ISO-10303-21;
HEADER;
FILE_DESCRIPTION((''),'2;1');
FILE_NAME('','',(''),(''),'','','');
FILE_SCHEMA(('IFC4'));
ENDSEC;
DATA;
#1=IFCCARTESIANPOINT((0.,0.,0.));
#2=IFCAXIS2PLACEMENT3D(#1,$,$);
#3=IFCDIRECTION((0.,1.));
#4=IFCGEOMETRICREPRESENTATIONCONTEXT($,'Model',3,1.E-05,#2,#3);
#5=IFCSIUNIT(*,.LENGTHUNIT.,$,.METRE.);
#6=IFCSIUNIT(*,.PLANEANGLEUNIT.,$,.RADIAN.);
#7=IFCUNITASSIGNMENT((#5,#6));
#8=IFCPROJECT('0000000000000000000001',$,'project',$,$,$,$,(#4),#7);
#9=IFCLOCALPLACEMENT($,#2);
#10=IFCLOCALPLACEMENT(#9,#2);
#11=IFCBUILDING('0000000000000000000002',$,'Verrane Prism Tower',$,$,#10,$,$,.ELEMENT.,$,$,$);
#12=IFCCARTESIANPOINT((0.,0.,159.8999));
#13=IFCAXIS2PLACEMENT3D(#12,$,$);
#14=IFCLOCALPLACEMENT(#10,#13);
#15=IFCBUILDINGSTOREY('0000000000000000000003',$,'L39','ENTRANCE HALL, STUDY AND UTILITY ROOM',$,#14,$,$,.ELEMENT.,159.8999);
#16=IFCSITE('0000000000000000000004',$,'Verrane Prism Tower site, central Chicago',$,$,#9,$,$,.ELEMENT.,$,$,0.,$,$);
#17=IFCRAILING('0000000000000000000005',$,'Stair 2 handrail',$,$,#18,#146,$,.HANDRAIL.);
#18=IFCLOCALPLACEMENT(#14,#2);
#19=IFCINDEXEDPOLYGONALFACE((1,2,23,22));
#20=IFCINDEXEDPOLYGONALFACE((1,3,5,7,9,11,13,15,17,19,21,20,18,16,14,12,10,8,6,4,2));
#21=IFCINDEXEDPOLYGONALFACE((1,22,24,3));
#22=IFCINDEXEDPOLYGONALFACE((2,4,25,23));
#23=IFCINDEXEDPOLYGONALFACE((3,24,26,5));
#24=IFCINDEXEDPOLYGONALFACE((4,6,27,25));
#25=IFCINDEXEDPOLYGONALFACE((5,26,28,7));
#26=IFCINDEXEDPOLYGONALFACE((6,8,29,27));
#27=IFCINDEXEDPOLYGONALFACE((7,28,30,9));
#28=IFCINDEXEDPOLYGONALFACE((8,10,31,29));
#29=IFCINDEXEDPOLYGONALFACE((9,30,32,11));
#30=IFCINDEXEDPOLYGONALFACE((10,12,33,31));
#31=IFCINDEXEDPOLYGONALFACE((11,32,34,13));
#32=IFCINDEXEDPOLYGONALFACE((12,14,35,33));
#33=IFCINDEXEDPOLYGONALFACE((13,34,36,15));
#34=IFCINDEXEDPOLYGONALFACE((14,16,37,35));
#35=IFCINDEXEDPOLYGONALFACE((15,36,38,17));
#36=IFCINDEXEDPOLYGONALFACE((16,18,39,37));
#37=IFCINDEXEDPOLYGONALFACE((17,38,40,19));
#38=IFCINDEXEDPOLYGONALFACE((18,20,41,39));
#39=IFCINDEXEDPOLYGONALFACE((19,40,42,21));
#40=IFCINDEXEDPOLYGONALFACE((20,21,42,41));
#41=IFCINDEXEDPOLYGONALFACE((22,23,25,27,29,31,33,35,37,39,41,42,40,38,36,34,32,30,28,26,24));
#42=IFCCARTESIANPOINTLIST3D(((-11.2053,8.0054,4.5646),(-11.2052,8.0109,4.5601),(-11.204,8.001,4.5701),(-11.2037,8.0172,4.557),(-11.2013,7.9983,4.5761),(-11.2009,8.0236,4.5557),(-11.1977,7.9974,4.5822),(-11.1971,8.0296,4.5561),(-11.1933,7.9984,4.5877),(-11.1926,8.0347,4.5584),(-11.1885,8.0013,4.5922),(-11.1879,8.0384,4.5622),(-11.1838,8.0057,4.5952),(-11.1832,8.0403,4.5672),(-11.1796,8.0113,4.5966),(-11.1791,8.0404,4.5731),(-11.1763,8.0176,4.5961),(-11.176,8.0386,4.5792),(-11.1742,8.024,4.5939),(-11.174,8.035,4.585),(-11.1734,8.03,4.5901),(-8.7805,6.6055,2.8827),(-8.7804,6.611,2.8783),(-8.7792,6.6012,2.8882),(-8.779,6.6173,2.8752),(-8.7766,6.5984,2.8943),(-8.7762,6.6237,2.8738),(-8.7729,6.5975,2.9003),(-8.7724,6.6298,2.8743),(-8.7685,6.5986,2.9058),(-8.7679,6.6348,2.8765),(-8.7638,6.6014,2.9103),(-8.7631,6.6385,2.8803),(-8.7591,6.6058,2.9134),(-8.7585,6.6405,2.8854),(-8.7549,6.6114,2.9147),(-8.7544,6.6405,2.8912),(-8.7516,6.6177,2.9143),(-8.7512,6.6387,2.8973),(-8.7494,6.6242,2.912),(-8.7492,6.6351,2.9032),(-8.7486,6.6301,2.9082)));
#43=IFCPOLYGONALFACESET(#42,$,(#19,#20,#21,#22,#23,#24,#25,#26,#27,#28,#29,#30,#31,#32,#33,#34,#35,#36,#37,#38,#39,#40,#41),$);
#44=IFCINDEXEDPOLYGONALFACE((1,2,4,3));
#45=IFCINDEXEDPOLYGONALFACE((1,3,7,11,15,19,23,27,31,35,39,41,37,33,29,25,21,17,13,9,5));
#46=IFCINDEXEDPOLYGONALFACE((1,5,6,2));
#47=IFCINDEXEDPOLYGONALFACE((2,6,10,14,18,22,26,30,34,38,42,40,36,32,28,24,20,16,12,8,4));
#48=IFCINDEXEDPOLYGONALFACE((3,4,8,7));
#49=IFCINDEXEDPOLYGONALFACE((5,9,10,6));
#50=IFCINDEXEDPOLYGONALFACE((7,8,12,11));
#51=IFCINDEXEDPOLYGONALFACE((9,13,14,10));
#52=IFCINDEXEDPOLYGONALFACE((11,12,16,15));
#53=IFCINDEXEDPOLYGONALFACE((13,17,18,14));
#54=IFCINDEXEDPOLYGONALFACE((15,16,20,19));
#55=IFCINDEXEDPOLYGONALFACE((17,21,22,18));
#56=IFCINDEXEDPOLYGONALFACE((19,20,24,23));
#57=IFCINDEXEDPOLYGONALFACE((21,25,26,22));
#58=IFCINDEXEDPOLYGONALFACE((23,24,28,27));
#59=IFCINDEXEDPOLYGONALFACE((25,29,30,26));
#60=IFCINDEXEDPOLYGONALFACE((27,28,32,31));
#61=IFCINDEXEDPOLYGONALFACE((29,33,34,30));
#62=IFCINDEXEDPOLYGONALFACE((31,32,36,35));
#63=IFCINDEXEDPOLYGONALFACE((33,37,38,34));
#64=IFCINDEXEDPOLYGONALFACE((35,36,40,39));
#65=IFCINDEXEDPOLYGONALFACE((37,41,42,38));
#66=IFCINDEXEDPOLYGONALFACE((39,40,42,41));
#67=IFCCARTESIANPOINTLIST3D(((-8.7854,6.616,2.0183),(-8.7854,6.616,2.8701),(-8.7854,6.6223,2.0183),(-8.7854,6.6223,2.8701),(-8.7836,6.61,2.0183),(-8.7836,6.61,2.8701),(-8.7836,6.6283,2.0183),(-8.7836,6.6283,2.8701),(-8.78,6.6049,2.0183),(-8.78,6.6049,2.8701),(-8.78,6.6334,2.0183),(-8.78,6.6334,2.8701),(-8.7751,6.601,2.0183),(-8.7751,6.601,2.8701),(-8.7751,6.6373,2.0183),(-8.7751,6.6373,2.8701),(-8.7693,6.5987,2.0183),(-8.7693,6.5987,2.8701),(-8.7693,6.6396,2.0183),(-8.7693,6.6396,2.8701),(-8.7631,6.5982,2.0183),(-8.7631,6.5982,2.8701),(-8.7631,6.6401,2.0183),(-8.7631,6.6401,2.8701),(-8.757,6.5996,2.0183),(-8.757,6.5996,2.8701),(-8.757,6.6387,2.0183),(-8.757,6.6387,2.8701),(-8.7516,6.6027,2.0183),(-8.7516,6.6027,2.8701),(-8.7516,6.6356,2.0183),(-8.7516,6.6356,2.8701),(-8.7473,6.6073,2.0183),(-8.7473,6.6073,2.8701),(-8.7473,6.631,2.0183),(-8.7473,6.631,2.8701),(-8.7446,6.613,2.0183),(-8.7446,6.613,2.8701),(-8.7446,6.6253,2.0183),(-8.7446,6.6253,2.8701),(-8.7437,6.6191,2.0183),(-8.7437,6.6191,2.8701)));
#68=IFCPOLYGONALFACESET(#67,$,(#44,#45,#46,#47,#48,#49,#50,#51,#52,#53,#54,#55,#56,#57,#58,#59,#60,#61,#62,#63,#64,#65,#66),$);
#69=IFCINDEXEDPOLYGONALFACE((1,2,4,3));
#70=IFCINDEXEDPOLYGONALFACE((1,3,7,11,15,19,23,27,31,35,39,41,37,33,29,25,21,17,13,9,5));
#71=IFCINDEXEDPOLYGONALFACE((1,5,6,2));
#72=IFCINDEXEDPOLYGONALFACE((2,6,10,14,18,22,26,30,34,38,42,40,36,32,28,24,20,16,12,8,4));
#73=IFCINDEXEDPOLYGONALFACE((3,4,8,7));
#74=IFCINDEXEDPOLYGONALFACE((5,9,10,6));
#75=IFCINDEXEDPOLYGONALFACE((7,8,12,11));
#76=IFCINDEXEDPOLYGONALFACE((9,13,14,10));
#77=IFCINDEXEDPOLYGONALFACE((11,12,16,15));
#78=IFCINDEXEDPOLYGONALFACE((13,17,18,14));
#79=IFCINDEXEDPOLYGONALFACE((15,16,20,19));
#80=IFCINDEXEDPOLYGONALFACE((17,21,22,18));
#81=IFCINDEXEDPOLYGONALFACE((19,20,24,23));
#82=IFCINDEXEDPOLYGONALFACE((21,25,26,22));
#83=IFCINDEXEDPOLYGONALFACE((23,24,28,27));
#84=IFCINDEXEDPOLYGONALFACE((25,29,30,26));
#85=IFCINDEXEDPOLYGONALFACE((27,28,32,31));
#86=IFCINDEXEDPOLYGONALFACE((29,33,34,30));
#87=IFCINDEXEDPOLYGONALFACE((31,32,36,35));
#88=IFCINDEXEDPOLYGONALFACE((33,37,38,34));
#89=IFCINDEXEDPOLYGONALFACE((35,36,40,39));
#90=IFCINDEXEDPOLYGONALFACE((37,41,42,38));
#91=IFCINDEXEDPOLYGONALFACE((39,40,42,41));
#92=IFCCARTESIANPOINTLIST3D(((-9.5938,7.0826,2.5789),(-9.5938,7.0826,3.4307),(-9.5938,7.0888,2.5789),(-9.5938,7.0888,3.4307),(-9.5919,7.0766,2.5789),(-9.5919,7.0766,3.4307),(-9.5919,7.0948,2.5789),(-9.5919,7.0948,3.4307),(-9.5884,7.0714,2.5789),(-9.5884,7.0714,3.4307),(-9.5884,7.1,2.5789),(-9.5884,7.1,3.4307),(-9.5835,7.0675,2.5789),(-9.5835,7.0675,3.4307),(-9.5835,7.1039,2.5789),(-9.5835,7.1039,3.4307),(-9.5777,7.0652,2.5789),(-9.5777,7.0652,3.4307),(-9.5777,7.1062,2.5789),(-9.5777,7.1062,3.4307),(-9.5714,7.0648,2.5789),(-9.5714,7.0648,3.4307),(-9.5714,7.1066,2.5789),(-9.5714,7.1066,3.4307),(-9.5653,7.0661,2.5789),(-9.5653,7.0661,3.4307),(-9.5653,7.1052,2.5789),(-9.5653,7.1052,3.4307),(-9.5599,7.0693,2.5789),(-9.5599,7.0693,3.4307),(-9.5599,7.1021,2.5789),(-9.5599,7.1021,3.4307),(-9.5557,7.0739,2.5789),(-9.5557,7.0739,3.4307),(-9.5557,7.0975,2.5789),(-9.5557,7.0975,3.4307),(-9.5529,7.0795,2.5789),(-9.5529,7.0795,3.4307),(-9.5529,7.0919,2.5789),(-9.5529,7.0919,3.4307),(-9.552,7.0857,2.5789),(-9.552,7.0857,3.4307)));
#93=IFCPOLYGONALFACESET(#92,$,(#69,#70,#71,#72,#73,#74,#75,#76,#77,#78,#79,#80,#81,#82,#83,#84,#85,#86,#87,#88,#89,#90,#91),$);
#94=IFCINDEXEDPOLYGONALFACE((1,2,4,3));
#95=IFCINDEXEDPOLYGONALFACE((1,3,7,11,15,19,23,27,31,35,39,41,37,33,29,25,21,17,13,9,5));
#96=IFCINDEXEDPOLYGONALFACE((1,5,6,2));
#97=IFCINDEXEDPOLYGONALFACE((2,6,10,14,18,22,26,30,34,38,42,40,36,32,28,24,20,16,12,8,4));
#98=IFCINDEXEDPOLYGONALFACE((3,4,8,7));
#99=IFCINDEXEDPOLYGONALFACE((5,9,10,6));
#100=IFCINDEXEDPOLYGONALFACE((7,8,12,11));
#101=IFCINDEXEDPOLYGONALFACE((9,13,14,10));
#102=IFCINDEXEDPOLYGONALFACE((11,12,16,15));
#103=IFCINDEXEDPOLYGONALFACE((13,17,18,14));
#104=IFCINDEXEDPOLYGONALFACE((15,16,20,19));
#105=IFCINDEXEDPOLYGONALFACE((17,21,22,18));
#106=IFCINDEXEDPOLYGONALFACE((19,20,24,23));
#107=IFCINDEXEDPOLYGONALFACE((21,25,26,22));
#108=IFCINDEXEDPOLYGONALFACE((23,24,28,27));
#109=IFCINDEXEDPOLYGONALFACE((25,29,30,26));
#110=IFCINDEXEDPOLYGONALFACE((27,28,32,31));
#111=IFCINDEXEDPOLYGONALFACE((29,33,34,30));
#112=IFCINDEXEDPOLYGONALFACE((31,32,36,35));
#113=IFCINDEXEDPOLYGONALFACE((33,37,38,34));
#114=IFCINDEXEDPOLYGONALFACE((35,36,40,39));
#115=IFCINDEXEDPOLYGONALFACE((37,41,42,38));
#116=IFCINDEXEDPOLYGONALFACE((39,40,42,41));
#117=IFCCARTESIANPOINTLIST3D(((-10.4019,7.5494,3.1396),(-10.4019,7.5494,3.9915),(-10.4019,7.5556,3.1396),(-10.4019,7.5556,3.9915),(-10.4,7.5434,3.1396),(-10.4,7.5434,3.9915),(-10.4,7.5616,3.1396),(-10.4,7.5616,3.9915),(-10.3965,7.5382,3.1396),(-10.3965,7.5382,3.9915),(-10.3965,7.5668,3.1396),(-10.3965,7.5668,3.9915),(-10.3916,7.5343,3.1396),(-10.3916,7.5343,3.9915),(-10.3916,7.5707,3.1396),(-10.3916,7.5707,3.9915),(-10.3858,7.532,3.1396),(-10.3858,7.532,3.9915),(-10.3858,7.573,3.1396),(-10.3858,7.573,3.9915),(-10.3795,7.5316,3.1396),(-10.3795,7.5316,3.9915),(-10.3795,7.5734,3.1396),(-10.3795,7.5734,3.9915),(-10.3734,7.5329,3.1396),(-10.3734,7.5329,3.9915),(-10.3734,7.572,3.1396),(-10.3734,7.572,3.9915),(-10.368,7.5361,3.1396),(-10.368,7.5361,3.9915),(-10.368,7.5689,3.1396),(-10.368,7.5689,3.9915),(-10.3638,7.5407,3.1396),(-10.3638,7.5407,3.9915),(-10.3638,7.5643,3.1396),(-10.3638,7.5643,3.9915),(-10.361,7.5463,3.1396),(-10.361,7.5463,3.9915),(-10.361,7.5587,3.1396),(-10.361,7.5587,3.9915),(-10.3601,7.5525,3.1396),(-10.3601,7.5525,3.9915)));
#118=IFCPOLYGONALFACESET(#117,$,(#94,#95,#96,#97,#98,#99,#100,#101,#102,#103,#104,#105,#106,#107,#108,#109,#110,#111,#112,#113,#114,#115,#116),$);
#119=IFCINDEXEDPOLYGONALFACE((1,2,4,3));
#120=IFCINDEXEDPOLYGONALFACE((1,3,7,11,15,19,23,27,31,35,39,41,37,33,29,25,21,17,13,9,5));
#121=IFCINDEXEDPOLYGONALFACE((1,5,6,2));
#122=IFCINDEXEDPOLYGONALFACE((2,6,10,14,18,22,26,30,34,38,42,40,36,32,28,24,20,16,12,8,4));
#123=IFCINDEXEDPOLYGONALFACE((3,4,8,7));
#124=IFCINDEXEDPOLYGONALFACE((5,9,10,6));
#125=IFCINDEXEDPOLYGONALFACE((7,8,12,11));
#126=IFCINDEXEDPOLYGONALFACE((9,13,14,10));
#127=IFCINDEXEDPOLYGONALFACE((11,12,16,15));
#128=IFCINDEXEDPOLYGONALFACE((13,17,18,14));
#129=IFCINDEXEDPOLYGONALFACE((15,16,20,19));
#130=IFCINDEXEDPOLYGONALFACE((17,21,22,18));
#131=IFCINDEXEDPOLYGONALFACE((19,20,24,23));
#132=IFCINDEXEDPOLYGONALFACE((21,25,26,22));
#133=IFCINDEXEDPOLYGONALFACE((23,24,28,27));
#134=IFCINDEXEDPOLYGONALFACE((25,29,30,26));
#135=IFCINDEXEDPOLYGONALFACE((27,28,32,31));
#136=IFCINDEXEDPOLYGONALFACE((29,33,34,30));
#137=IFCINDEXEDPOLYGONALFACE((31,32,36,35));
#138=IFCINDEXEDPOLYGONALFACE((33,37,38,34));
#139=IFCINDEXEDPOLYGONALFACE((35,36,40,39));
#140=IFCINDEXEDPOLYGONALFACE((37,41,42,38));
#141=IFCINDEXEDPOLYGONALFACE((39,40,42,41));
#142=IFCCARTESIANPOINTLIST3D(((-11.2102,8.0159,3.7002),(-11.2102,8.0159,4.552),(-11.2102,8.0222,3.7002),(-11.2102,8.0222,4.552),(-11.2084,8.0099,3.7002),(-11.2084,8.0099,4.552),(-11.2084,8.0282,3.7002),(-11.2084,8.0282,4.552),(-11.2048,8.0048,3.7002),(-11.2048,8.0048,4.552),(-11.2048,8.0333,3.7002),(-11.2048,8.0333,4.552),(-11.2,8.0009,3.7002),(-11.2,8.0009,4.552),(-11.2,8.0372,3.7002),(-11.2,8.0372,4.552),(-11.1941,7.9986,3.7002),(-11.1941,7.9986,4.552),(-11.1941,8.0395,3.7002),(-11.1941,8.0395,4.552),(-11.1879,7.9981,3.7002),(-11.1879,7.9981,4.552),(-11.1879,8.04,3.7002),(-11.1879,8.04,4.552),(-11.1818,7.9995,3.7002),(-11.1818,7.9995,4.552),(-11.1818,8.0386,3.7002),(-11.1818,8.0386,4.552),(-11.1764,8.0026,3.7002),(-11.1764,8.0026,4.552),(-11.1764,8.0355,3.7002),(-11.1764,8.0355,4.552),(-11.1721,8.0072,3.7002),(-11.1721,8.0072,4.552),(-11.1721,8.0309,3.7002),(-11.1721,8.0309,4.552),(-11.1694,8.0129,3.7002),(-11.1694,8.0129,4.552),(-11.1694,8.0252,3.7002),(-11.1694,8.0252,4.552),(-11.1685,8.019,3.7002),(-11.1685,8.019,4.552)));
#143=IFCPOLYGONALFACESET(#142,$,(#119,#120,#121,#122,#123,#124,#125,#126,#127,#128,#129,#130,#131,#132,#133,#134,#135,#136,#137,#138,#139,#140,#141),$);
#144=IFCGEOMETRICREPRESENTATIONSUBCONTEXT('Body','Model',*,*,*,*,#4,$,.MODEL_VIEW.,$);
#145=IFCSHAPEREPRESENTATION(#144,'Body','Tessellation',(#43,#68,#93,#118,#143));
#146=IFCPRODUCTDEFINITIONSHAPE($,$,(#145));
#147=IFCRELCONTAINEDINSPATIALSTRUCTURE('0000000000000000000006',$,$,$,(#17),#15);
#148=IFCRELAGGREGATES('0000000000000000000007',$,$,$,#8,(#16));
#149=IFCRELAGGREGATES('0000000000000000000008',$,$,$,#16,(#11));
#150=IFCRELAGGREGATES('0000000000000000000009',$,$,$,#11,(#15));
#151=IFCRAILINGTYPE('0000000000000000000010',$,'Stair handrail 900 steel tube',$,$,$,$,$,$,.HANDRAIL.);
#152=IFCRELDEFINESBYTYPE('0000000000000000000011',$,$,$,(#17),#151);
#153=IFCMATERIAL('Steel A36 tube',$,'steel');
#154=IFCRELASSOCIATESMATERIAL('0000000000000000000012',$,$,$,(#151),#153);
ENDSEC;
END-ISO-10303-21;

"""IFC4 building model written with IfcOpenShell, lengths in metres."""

from ifc_helpers import new_model, si_unit, direction, frame, origin, origin_2d, place, context, subcontext, project, spatial, circle, extrude, material, type_object, element, save


model = new_model("IFC4")

# Units and contexts
model_context = context("Model", 3, precision=1e-05, world=origin(), true_north=direction((0.0, 1.0)))
body_context = subcontext(model_context, "Body", "Model", "MODEL_VIEW")
ifc_project = project(units=[si_unit("LENGTHUNIT", "METRE"), si_unit("PLANEANGLEUNIT", "RADIAN")], contexts=[model_context])

# Site, building, storey
site_placement = place(None, origin())
site = spatial("IfcSite", under=ifc_project, at=site_placement, Name="Verrane Prism Tower site, central Chicago", CompositionType="ELEMENT", RefElevation=0.0)
building_placement = place(site_placement, origin())
building = spatial("IfcBuilding", under=site, at=building_placement, Name="Verrane Prism Tower", CompositionType="ELEMENT")
storey_placement = place(building_placement, frame((0.0, 0.0, 159.8999)))
storey = spatial("IfcBuildingStorey", under=building, at=storey_placement, Name="L39", Description="ENTRANCE HALL, STUDY AND UTILITY ROOM", CompositionType="ELEMENT", Elevation=159.8999)

# Railing
ifc_material_1 = material(Name="Steel A36 tube", Category="steel")
railing_type_1 = type_object("IfcRailingType", Name="Stair handrail 900 steel tube", PredefinedType="HANDRAIL", material=ifc_material_1)
railing_1_placement = place(storey_placement, frame((-8.7646, 6.6191, 2.0183)))
element("IfcRailing", 1, at=railing_1_placement, inside=storey, type_object=railing_type_1, Name="Stair 2 handrail", PredefinedType="HANDRAIL", context=body_context, shape_type="SweptSolid", body=[
    extrude(circle(Radius=0.0239, at=origin_2d()), frame((0.0, 0.0, 0.876), z_axis=(-0.74239, 0.428601, 0.514934), x_axis=(-0.499984, -0.866035, 0.0)), (0.0, 0.0, 1.0), 3.2661),
    extrude(circle(Radius=0.021, at=origin_2d()), origin(), (0.0, 0.0, 1.0), 0.8518),
    extrude(circle(Radius=0.021, at=origin_2d()), frame((-0.8083, 0.4666, 0.5605)), (0.0, 0.0, 1.0), 0.8518),
    extrude(circle(Radius=0.021, at=origin_2d()), frame((-1.6165, 0.9333, 1.1213)), (0.0, 0.0, 1.0), 0.8518),
    extrude(circle(Radius=0.021, at=origin_2d()), frame((-2.4248, 1.3999, 1.6819)), (0.0, 0.0, 1.0), 0.8518),
])

save(model, "model.ifc")
